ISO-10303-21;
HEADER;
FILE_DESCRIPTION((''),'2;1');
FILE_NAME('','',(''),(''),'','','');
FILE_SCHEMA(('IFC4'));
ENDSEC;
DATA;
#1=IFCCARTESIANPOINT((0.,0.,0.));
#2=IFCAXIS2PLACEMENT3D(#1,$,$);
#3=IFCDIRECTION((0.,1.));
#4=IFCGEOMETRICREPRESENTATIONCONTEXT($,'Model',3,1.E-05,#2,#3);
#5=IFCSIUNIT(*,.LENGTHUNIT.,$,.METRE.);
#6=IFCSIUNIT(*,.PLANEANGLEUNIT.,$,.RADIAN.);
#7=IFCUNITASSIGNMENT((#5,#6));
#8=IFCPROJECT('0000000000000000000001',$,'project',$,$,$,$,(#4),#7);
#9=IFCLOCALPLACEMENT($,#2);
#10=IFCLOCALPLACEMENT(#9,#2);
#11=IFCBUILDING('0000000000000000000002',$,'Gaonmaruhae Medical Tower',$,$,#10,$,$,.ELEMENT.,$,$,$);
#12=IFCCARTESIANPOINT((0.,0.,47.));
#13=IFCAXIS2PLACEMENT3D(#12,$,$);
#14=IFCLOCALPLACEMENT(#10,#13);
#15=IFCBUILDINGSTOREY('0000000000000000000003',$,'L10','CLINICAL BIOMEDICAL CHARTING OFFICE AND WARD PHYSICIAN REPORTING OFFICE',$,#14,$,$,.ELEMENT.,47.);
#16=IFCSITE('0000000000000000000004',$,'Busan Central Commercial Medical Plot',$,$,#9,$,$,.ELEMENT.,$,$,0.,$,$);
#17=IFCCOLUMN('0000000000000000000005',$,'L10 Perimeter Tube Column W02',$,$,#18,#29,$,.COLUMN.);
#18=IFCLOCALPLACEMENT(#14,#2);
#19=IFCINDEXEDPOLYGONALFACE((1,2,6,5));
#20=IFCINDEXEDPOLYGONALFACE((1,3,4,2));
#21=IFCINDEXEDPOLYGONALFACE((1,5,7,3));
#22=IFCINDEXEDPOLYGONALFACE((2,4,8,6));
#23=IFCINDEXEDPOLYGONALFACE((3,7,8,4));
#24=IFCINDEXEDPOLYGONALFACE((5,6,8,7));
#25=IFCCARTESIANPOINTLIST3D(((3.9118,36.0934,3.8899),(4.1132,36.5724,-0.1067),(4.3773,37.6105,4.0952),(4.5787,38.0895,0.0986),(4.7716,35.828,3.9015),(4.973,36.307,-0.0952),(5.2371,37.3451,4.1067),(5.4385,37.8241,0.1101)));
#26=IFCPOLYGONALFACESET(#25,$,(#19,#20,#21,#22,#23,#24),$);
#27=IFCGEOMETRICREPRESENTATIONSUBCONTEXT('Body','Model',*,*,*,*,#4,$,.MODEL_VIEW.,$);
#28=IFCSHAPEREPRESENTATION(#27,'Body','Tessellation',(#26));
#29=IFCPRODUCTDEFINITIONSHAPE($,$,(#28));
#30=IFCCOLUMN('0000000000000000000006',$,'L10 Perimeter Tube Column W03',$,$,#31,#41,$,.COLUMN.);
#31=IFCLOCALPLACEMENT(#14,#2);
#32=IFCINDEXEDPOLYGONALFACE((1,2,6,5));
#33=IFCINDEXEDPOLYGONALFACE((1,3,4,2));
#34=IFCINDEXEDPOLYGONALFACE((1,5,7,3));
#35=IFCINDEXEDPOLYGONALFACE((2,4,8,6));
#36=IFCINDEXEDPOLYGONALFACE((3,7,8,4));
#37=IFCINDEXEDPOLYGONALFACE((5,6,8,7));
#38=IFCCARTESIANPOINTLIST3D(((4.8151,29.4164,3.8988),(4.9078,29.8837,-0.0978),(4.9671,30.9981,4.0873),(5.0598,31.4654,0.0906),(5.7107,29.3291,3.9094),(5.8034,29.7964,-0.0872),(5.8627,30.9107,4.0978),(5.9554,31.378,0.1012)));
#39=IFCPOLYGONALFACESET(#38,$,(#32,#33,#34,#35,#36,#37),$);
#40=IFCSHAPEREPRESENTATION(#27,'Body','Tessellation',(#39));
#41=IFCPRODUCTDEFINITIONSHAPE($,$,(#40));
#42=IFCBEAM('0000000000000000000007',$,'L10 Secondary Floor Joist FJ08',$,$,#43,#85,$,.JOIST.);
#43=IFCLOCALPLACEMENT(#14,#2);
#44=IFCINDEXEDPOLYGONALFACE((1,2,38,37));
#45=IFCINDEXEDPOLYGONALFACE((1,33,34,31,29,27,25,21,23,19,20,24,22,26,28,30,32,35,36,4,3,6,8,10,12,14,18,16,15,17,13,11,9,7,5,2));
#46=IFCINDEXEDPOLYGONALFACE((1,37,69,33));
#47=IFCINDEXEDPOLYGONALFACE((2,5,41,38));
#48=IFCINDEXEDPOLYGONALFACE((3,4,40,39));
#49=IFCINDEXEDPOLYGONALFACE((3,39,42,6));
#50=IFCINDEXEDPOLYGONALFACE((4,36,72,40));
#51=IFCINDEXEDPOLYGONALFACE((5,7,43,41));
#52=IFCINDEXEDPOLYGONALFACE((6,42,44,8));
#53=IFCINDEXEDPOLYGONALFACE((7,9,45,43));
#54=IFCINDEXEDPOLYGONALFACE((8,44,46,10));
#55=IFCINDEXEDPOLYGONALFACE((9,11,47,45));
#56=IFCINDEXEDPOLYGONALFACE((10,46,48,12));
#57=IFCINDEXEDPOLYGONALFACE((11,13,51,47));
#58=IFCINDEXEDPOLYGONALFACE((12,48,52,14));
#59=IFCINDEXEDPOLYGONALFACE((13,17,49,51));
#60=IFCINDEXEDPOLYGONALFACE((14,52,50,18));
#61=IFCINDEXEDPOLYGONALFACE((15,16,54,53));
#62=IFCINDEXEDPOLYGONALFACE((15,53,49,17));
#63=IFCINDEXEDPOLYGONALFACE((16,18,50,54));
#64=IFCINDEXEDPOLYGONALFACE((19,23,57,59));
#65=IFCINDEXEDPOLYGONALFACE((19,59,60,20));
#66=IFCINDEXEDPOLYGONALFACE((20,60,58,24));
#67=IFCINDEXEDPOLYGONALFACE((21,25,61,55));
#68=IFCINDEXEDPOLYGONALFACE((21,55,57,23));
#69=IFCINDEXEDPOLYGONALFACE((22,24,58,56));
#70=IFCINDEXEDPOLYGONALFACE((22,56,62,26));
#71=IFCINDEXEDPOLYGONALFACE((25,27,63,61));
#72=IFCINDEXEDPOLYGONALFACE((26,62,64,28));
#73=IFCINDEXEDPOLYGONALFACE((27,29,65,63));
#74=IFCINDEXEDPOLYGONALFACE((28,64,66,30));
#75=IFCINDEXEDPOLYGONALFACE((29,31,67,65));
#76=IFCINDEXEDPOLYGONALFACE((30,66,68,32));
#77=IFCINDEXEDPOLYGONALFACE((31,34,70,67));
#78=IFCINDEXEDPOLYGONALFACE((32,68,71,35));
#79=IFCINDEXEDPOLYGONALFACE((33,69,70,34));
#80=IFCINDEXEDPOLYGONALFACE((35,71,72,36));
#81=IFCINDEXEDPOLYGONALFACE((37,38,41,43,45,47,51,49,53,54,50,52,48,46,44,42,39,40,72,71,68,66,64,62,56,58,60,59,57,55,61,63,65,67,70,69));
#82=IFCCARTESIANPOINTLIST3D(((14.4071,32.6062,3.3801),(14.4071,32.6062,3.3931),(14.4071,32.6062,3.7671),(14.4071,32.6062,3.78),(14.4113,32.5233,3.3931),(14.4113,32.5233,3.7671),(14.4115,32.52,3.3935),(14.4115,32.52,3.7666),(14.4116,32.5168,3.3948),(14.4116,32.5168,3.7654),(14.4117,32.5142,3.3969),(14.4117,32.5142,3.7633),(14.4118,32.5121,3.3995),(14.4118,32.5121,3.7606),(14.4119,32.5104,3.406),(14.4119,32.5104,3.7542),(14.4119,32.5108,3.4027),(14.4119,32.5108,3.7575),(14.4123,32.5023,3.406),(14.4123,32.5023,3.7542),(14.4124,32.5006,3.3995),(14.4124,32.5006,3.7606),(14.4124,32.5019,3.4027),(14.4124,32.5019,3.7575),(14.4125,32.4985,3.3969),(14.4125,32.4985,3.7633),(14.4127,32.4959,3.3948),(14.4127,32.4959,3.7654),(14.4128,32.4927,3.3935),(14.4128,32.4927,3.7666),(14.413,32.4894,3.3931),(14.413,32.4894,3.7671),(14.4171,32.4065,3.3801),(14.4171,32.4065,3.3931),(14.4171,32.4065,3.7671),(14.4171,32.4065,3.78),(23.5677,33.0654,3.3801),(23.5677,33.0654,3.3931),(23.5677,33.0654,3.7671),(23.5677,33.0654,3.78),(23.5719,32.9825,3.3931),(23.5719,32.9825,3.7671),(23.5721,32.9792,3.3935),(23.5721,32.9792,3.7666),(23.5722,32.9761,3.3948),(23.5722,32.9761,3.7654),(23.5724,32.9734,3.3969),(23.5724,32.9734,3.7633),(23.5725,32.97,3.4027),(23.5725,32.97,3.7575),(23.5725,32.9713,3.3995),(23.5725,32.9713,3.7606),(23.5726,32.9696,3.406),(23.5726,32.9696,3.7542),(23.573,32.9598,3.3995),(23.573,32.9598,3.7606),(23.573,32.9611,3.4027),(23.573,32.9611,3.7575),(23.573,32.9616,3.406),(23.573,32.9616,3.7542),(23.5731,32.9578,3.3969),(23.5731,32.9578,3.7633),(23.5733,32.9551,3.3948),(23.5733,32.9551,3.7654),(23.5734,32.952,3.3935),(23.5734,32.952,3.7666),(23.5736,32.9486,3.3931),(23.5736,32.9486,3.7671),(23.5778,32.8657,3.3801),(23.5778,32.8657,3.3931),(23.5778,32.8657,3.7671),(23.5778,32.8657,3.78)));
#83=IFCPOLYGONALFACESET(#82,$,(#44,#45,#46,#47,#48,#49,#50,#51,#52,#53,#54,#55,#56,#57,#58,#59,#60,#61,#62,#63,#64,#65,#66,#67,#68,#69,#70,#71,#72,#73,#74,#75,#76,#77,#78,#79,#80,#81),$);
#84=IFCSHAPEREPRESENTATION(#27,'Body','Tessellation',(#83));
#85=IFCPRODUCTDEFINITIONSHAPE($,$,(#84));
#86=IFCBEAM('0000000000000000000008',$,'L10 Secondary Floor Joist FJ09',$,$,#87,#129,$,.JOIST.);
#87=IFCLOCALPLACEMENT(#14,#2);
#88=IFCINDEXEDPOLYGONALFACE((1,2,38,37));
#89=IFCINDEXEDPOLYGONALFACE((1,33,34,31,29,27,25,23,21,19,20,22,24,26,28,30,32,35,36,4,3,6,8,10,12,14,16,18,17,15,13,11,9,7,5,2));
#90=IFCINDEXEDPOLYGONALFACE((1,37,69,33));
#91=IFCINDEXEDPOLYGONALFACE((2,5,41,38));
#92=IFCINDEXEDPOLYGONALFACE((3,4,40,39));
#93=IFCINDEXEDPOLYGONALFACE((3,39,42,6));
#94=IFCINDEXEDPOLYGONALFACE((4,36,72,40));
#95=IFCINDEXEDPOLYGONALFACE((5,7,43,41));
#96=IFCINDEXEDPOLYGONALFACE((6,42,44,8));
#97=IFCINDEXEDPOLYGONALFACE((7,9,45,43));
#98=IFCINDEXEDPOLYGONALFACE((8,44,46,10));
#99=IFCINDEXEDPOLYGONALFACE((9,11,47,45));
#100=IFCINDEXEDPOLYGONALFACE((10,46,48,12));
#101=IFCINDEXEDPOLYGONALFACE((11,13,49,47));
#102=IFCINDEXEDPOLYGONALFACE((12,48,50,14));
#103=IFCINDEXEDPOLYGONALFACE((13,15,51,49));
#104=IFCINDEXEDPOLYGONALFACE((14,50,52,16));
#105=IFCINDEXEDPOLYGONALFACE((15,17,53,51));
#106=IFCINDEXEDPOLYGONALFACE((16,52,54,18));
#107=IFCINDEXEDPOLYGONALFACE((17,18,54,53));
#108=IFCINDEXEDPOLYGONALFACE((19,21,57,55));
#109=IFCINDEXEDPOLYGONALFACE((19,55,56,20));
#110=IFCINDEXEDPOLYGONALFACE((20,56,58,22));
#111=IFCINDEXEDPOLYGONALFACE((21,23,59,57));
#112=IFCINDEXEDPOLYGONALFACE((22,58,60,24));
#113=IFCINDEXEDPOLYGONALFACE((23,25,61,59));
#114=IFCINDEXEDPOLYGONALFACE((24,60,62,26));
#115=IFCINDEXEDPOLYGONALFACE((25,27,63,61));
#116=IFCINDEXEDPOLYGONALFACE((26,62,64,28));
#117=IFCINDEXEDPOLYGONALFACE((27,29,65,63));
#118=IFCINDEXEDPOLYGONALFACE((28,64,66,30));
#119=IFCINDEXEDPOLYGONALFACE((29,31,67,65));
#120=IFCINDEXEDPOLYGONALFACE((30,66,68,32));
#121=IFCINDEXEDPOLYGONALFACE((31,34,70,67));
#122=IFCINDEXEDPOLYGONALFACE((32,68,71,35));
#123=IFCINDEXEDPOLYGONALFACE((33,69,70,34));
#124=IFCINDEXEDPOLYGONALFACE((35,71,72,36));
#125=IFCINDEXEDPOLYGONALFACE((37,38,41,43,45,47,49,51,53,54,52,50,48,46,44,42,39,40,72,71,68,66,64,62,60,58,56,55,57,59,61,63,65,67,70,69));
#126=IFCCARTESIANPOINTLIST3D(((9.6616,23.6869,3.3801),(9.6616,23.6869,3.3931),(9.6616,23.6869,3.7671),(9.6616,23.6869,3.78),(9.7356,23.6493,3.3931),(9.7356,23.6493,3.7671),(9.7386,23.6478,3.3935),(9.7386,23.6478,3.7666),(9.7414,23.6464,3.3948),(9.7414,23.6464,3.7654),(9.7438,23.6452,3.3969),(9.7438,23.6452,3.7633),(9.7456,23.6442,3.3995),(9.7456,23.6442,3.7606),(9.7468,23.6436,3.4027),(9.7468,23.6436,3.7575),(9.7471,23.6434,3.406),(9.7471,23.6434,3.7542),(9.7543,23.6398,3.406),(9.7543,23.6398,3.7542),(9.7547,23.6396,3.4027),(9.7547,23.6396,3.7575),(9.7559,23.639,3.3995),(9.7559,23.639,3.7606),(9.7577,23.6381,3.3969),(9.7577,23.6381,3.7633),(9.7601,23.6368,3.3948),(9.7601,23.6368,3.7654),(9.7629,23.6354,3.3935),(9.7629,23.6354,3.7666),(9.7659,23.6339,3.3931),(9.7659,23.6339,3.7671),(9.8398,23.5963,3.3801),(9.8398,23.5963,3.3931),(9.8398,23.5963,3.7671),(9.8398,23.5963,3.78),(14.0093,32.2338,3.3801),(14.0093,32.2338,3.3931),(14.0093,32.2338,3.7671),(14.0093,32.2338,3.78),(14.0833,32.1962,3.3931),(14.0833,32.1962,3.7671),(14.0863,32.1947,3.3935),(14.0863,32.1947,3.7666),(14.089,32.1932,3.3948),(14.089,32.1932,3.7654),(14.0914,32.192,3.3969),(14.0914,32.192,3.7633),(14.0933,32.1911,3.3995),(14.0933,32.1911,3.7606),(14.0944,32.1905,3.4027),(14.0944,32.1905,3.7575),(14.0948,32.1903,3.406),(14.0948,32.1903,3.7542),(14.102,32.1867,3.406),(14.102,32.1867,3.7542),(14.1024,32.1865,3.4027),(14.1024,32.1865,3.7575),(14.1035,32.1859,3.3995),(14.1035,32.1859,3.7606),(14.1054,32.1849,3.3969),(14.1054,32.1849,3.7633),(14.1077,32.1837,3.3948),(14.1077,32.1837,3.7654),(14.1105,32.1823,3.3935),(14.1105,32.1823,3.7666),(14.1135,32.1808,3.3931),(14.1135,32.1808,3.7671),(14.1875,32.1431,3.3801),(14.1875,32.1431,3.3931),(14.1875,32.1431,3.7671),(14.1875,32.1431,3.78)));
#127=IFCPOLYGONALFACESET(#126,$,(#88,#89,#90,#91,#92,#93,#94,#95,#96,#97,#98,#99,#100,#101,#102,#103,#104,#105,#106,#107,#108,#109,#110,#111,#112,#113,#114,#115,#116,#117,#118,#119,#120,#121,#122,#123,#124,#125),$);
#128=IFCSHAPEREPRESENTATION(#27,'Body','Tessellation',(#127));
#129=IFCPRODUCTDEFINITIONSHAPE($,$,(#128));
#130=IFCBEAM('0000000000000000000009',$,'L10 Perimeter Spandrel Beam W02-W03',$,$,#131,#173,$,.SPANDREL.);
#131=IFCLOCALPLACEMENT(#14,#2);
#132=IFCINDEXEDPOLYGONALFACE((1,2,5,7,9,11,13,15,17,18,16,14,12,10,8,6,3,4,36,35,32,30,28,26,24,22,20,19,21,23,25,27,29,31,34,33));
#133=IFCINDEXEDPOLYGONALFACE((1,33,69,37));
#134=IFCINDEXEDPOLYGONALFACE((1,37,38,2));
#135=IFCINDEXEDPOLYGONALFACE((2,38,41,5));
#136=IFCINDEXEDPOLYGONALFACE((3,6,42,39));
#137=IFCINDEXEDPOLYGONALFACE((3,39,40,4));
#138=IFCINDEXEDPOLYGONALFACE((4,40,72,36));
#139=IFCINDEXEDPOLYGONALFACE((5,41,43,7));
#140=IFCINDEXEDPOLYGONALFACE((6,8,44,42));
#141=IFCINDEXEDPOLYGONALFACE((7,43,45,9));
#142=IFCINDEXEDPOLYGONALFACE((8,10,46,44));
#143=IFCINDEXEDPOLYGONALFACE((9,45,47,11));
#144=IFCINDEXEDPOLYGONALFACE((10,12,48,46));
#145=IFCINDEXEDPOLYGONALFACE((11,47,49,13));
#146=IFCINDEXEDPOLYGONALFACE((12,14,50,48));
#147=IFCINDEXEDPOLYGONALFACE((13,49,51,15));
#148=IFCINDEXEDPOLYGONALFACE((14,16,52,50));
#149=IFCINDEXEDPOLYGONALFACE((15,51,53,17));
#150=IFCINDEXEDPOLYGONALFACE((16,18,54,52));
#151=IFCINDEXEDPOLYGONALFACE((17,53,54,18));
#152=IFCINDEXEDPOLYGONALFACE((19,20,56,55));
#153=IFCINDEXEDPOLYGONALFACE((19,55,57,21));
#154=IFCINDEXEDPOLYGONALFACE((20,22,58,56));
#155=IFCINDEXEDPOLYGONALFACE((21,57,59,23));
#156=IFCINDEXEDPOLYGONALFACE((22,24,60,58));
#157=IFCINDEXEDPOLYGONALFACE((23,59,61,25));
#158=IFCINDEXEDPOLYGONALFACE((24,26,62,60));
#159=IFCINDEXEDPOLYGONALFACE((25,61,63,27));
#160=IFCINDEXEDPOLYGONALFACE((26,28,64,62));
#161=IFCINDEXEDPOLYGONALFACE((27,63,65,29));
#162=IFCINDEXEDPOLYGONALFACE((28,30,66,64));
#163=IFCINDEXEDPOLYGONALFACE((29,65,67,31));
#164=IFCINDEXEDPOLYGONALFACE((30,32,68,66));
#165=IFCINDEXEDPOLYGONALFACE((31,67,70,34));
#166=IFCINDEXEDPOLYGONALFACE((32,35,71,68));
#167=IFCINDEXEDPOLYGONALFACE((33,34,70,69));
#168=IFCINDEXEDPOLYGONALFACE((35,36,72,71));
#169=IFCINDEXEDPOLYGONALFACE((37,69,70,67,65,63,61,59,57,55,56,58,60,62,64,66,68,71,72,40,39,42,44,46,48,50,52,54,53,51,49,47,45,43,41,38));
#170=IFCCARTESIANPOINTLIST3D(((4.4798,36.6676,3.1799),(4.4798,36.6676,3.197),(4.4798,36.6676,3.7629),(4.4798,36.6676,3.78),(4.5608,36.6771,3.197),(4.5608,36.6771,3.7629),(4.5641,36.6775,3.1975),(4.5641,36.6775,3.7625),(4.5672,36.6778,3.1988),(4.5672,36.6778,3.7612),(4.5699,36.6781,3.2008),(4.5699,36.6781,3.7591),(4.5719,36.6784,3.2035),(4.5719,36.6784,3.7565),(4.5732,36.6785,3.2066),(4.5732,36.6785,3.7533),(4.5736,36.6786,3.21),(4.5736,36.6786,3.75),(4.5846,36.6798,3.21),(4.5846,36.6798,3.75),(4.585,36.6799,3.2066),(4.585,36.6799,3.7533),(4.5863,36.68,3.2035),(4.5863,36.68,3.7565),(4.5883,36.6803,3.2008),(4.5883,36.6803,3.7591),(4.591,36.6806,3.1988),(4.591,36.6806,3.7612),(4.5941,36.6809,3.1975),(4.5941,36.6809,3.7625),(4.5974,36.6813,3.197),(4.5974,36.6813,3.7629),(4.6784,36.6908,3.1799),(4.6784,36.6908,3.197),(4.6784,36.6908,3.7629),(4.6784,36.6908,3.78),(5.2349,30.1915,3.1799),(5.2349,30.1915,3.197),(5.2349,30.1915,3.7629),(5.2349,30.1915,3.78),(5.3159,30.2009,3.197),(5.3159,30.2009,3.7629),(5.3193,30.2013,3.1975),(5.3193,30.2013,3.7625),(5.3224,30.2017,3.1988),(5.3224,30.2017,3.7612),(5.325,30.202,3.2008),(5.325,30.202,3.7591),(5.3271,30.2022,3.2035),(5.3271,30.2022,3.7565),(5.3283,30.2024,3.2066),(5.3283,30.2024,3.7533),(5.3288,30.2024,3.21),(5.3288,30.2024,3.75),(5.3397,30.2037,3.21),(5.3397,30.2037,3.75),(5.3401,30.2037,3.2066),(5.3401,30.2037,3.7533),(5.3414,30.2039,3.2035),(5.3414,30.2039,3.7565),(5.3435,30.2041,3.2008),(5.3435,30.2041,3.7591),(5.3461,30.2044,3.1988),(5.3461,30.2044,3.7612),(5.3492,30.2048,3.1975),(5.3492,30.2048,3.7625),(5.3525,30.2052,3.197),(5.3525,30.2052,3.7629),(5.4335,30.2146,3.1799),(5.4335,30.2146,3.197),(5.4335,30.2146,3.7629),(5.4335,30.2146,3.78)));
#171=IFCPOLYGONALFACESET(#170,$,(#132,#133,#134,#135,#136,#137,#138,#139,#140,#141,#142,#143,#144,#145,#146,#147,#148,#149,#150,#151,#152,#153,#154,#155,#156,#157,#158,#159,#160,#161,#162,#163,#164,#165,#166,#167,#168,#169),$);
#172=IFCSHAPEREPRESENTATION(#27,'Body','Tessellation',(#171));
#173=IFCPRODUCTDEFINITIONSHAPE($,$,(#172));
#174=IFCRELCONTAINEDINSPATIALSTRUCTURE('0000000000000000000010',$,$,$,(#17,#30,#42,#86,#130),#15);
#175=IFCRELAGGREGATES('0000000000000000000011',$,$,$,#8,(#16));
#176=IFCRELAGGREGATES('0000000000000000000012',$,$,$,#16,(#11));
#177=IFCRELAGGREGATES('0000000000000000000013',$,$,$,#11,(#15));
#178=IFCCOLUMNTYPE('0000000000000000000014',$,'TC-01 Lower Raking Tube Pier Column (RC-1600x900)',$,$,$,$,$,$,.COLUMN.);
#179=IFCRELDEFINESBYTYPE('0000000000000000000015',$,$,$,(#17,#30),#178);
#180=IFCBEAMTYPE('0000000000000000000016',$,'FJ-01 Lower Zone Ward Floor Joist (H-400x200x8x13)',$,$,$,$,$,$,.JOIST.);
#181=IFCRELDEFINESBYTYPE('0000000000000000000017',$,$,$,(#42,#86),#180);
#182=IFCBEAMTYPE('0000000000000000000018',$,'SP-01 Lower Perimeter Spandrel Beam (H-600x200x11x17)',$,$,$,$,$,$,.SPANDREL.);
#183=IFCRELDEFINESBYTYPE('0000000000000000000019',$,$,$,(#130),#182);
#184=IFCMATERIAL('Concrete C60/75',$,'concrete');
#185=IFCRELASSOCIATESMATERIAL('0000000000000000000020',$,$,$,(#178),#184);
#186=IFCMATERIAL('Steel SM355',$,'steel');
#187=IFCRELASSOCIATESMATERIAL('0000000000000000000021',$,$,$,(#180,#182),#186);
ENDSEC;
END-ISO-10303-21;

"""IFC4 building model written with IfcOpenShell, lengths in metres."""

from ifc_helpers import new_model, si_unit, direction, frame, origin, origin_2d, place, context, subcontext, project, spatial, rectangle, i_section, extrude, material, material_profile, profile_set, type_object, element, save


model = new_model("IFC4")

# Units and contexts
model_context = context("Model", 3, precision=1e-05, world=origin(), true_north=direction((0.0, 1.0)))
body_context = subcontext(model_context, "Body", "Model", "MODEL_VIEW")
ifc_project = project(units=[si_unit("LENGTHUNIT", "METRE"), si_unit("PLANEANGLEUNIT", "RADIAN")], contexts=[model_context])

# Site, building, storey
site_placement = place(None, origin())
site = spatial("IfcSite", under=ifc_project, at=site_placement, Name="Busan Central Commercial Medical Plot", CompositionType="ELEMENT", RefElevation=0.0)
building_placement = place(site_placement, origin())
building = spatial("IfcBuilding", under=site, at=building_placement, Name="Gaonmaruhae Medical Tower", CompositionType="ELEMENT")
storey_placement = place(building_placement, frame((0.0, 0.0, 47.0)))
storey = spatial("IfcBuildingStorey", under=building, at=storey_placement, Name="L10", Description="CLINICAL BIOMEDICAL CHARTING OFFICE AND WARD PHYSICIAN REPORTING OFFICE", CompositionType="ELEMENT", Elevation=47.0)

# Columns
ifc_material_1 = material(Name="Concrete C60/75", Category="concrete")
ifc_material_profile_1 = material_profile(ifc_material_1, rectangle(XDim=1.6001, YDim=0.8999, at=origin_2d()), Name="RC-1600x900")
ifc_profile_set_1 = profile_set([ifc_material_profile_1], Name="Concrete C60/75")
column_type = type_object("IfcColumnType", Name="TC-01 Lower Raking Tube Pier Column (RC-1600x900)", PredefinedType="COLUMN", material=ifc_profile_set_1)
column_1_placement = place(storey_placement, frame((4.7759, 37.1982, 0.0017), z_axis=(-0.049976, -0.118853, 0.991653), x_axis=(0.290925, 0.948105, 0.128295)))
element("IfcColumn", 1, at=column_1_placement, inside=storey, type_object=column_type, Name="L10 Perimeter Tube Column W02", PredefinedType="COLUMN", context=body_context, shape_type="SweptSolid", body=[
    extrude(rectangle(XDim=1.6001, YDim=0.8999, at=origin_2d()), origin(), (0.0, 0.0, 1.0), 4.0303),
])
column_2_placement = place(storey_placement, frame((5.4316, 30.6309, 0.0017), z_axis=(-0.02305, -0.116099, 0.99297), x_axis=(0.094993, 0.988486, 0.11778)))
element("IfcColumn", 2, at=column_2_placement, inside=storey, type_object=column_type, Name="L10 Perimeter Tube Column W03", PredefinedType="COLUMN", context=body_context, shape_type="SweptSolid", body=[
    extrude(rectangle(XDim=1.6001, YDim=0.8999, at=origin_2d()), origin(), (0.0, 0.0, 1.0), 4.0249),
])

# Beams
ifc_material_2 = material(Name="Steel SM355", Category="steel")
ifc_material_profile_2 = material_profile(ifc_material_2, i_section(OverallWidth=0.2, OverallDepth=0.3999, WebThickness=0.0081, FlangeThickness=0.0129, FilletRadius=0.0129, at=origin_2d()), Name="H-400x200x8x13")
ifc_profile_set_2 = profile_set([ifc_material_profile_2], Name="Steel SM355")
beam_type_1 = type_object("IfcBeamType", Name="FJ-01 Lower Zone Ward Floor Joist (H-400x200x8x13)", PredefinedType="JOIST", material=ifc_profile_set_2)
beam_1_placement = place(storey_placement, frame((23.5728, 32.9656, 3.5801), z_axis=(-0.998746, -0.050068, 0.0), x_axis=(0.050068, -0.998746, 0.0)))
element("IfcBeam", 3, at=beam_1_placement, inside=storey, type_object=beam_type_1, Name="L10 Secondary Floor Joist FJ08", PredefinedType="JOIST", context=body_context, shape_type="SweptSolid", body=[
    extrude(i_section(OverallWidth=0.2, OverallDepth=0.3999, WebThickness=0.0081, FlangeThickness=0.0129, FilletRadius=0.0129, at=origin_2d()), origin(), (0.0, 0.0, 1.0), 9.1721),
])
beam_2_placement = place(storey_placement, frame((14.0984, 32.1885, 3.5801), z_axis=(-0.453395, -0.89131, 0.0), x_axis=(0.89131, -0.453395, 0.0)))
element("IfcBeam", 4, at=beam_2_placement, inside=storey, type_object=beam_type_1, Name="L10 Secondary Floor Joist FJ09", PredefinedType="JOIST", context=body_context, shape_type="SweptSolid", body=[
    extrude(i_section(OverallWidth=0.2, OverallDepth=0.3999, WebThickness=0.0081, FlangeThickness=0.0129, FilletRadius=0.0129, at=origin_2d()), origin(), (0.0, 0.0, 1.0), 9.5891),
])
ifc_material_profile_3 = material_profile(ifc_material_2, i_section(OverallWidth=0.2, OverallDepth=0.6001, WebThickness=0.011, FlangeThickness=0.0171, FilletRadius=0.0129, at=origin_2d()), Name="H-600x200x11x17")
ifc_profile_set_3 = profile_set([ifc_material_profile_3], Name="Steel SM355")
beam_type_2 = type_object("IfcBeamType", Name="SP-01 Lower Perimeter Spandrel Beam (H-600x200x11x17)", PredefinedType="SPANDREL", material=ifc_profile_set_3)
beam_3_placement = place(storey_placement, frame((4.5791, 36.6792, 3.48), z_axis=(0.115818, -0.99327, 0.0), x_axis=(0.99327, 0.115818, 0.0)))
element("IfcBeam", 5, at=beam_3_placement, inside=storey, type_object=beam_type_2, Name="L10 Perimeter Spandrel Beam W02-W03", PredefinedType="SPANDREL", context=body_context, shape_type="SweptSolid", body=[
    extrude(i_section(OverallWidth=0.2, OverallDepth=0.6001, WebThickness=0.011, FlangeThickness=0.0171, FilletRadius=0.0129, at=origin_2d()), origin(), (0.0, 0.0, 1.0), 6.52),
])

save(model, "model.ifc")
